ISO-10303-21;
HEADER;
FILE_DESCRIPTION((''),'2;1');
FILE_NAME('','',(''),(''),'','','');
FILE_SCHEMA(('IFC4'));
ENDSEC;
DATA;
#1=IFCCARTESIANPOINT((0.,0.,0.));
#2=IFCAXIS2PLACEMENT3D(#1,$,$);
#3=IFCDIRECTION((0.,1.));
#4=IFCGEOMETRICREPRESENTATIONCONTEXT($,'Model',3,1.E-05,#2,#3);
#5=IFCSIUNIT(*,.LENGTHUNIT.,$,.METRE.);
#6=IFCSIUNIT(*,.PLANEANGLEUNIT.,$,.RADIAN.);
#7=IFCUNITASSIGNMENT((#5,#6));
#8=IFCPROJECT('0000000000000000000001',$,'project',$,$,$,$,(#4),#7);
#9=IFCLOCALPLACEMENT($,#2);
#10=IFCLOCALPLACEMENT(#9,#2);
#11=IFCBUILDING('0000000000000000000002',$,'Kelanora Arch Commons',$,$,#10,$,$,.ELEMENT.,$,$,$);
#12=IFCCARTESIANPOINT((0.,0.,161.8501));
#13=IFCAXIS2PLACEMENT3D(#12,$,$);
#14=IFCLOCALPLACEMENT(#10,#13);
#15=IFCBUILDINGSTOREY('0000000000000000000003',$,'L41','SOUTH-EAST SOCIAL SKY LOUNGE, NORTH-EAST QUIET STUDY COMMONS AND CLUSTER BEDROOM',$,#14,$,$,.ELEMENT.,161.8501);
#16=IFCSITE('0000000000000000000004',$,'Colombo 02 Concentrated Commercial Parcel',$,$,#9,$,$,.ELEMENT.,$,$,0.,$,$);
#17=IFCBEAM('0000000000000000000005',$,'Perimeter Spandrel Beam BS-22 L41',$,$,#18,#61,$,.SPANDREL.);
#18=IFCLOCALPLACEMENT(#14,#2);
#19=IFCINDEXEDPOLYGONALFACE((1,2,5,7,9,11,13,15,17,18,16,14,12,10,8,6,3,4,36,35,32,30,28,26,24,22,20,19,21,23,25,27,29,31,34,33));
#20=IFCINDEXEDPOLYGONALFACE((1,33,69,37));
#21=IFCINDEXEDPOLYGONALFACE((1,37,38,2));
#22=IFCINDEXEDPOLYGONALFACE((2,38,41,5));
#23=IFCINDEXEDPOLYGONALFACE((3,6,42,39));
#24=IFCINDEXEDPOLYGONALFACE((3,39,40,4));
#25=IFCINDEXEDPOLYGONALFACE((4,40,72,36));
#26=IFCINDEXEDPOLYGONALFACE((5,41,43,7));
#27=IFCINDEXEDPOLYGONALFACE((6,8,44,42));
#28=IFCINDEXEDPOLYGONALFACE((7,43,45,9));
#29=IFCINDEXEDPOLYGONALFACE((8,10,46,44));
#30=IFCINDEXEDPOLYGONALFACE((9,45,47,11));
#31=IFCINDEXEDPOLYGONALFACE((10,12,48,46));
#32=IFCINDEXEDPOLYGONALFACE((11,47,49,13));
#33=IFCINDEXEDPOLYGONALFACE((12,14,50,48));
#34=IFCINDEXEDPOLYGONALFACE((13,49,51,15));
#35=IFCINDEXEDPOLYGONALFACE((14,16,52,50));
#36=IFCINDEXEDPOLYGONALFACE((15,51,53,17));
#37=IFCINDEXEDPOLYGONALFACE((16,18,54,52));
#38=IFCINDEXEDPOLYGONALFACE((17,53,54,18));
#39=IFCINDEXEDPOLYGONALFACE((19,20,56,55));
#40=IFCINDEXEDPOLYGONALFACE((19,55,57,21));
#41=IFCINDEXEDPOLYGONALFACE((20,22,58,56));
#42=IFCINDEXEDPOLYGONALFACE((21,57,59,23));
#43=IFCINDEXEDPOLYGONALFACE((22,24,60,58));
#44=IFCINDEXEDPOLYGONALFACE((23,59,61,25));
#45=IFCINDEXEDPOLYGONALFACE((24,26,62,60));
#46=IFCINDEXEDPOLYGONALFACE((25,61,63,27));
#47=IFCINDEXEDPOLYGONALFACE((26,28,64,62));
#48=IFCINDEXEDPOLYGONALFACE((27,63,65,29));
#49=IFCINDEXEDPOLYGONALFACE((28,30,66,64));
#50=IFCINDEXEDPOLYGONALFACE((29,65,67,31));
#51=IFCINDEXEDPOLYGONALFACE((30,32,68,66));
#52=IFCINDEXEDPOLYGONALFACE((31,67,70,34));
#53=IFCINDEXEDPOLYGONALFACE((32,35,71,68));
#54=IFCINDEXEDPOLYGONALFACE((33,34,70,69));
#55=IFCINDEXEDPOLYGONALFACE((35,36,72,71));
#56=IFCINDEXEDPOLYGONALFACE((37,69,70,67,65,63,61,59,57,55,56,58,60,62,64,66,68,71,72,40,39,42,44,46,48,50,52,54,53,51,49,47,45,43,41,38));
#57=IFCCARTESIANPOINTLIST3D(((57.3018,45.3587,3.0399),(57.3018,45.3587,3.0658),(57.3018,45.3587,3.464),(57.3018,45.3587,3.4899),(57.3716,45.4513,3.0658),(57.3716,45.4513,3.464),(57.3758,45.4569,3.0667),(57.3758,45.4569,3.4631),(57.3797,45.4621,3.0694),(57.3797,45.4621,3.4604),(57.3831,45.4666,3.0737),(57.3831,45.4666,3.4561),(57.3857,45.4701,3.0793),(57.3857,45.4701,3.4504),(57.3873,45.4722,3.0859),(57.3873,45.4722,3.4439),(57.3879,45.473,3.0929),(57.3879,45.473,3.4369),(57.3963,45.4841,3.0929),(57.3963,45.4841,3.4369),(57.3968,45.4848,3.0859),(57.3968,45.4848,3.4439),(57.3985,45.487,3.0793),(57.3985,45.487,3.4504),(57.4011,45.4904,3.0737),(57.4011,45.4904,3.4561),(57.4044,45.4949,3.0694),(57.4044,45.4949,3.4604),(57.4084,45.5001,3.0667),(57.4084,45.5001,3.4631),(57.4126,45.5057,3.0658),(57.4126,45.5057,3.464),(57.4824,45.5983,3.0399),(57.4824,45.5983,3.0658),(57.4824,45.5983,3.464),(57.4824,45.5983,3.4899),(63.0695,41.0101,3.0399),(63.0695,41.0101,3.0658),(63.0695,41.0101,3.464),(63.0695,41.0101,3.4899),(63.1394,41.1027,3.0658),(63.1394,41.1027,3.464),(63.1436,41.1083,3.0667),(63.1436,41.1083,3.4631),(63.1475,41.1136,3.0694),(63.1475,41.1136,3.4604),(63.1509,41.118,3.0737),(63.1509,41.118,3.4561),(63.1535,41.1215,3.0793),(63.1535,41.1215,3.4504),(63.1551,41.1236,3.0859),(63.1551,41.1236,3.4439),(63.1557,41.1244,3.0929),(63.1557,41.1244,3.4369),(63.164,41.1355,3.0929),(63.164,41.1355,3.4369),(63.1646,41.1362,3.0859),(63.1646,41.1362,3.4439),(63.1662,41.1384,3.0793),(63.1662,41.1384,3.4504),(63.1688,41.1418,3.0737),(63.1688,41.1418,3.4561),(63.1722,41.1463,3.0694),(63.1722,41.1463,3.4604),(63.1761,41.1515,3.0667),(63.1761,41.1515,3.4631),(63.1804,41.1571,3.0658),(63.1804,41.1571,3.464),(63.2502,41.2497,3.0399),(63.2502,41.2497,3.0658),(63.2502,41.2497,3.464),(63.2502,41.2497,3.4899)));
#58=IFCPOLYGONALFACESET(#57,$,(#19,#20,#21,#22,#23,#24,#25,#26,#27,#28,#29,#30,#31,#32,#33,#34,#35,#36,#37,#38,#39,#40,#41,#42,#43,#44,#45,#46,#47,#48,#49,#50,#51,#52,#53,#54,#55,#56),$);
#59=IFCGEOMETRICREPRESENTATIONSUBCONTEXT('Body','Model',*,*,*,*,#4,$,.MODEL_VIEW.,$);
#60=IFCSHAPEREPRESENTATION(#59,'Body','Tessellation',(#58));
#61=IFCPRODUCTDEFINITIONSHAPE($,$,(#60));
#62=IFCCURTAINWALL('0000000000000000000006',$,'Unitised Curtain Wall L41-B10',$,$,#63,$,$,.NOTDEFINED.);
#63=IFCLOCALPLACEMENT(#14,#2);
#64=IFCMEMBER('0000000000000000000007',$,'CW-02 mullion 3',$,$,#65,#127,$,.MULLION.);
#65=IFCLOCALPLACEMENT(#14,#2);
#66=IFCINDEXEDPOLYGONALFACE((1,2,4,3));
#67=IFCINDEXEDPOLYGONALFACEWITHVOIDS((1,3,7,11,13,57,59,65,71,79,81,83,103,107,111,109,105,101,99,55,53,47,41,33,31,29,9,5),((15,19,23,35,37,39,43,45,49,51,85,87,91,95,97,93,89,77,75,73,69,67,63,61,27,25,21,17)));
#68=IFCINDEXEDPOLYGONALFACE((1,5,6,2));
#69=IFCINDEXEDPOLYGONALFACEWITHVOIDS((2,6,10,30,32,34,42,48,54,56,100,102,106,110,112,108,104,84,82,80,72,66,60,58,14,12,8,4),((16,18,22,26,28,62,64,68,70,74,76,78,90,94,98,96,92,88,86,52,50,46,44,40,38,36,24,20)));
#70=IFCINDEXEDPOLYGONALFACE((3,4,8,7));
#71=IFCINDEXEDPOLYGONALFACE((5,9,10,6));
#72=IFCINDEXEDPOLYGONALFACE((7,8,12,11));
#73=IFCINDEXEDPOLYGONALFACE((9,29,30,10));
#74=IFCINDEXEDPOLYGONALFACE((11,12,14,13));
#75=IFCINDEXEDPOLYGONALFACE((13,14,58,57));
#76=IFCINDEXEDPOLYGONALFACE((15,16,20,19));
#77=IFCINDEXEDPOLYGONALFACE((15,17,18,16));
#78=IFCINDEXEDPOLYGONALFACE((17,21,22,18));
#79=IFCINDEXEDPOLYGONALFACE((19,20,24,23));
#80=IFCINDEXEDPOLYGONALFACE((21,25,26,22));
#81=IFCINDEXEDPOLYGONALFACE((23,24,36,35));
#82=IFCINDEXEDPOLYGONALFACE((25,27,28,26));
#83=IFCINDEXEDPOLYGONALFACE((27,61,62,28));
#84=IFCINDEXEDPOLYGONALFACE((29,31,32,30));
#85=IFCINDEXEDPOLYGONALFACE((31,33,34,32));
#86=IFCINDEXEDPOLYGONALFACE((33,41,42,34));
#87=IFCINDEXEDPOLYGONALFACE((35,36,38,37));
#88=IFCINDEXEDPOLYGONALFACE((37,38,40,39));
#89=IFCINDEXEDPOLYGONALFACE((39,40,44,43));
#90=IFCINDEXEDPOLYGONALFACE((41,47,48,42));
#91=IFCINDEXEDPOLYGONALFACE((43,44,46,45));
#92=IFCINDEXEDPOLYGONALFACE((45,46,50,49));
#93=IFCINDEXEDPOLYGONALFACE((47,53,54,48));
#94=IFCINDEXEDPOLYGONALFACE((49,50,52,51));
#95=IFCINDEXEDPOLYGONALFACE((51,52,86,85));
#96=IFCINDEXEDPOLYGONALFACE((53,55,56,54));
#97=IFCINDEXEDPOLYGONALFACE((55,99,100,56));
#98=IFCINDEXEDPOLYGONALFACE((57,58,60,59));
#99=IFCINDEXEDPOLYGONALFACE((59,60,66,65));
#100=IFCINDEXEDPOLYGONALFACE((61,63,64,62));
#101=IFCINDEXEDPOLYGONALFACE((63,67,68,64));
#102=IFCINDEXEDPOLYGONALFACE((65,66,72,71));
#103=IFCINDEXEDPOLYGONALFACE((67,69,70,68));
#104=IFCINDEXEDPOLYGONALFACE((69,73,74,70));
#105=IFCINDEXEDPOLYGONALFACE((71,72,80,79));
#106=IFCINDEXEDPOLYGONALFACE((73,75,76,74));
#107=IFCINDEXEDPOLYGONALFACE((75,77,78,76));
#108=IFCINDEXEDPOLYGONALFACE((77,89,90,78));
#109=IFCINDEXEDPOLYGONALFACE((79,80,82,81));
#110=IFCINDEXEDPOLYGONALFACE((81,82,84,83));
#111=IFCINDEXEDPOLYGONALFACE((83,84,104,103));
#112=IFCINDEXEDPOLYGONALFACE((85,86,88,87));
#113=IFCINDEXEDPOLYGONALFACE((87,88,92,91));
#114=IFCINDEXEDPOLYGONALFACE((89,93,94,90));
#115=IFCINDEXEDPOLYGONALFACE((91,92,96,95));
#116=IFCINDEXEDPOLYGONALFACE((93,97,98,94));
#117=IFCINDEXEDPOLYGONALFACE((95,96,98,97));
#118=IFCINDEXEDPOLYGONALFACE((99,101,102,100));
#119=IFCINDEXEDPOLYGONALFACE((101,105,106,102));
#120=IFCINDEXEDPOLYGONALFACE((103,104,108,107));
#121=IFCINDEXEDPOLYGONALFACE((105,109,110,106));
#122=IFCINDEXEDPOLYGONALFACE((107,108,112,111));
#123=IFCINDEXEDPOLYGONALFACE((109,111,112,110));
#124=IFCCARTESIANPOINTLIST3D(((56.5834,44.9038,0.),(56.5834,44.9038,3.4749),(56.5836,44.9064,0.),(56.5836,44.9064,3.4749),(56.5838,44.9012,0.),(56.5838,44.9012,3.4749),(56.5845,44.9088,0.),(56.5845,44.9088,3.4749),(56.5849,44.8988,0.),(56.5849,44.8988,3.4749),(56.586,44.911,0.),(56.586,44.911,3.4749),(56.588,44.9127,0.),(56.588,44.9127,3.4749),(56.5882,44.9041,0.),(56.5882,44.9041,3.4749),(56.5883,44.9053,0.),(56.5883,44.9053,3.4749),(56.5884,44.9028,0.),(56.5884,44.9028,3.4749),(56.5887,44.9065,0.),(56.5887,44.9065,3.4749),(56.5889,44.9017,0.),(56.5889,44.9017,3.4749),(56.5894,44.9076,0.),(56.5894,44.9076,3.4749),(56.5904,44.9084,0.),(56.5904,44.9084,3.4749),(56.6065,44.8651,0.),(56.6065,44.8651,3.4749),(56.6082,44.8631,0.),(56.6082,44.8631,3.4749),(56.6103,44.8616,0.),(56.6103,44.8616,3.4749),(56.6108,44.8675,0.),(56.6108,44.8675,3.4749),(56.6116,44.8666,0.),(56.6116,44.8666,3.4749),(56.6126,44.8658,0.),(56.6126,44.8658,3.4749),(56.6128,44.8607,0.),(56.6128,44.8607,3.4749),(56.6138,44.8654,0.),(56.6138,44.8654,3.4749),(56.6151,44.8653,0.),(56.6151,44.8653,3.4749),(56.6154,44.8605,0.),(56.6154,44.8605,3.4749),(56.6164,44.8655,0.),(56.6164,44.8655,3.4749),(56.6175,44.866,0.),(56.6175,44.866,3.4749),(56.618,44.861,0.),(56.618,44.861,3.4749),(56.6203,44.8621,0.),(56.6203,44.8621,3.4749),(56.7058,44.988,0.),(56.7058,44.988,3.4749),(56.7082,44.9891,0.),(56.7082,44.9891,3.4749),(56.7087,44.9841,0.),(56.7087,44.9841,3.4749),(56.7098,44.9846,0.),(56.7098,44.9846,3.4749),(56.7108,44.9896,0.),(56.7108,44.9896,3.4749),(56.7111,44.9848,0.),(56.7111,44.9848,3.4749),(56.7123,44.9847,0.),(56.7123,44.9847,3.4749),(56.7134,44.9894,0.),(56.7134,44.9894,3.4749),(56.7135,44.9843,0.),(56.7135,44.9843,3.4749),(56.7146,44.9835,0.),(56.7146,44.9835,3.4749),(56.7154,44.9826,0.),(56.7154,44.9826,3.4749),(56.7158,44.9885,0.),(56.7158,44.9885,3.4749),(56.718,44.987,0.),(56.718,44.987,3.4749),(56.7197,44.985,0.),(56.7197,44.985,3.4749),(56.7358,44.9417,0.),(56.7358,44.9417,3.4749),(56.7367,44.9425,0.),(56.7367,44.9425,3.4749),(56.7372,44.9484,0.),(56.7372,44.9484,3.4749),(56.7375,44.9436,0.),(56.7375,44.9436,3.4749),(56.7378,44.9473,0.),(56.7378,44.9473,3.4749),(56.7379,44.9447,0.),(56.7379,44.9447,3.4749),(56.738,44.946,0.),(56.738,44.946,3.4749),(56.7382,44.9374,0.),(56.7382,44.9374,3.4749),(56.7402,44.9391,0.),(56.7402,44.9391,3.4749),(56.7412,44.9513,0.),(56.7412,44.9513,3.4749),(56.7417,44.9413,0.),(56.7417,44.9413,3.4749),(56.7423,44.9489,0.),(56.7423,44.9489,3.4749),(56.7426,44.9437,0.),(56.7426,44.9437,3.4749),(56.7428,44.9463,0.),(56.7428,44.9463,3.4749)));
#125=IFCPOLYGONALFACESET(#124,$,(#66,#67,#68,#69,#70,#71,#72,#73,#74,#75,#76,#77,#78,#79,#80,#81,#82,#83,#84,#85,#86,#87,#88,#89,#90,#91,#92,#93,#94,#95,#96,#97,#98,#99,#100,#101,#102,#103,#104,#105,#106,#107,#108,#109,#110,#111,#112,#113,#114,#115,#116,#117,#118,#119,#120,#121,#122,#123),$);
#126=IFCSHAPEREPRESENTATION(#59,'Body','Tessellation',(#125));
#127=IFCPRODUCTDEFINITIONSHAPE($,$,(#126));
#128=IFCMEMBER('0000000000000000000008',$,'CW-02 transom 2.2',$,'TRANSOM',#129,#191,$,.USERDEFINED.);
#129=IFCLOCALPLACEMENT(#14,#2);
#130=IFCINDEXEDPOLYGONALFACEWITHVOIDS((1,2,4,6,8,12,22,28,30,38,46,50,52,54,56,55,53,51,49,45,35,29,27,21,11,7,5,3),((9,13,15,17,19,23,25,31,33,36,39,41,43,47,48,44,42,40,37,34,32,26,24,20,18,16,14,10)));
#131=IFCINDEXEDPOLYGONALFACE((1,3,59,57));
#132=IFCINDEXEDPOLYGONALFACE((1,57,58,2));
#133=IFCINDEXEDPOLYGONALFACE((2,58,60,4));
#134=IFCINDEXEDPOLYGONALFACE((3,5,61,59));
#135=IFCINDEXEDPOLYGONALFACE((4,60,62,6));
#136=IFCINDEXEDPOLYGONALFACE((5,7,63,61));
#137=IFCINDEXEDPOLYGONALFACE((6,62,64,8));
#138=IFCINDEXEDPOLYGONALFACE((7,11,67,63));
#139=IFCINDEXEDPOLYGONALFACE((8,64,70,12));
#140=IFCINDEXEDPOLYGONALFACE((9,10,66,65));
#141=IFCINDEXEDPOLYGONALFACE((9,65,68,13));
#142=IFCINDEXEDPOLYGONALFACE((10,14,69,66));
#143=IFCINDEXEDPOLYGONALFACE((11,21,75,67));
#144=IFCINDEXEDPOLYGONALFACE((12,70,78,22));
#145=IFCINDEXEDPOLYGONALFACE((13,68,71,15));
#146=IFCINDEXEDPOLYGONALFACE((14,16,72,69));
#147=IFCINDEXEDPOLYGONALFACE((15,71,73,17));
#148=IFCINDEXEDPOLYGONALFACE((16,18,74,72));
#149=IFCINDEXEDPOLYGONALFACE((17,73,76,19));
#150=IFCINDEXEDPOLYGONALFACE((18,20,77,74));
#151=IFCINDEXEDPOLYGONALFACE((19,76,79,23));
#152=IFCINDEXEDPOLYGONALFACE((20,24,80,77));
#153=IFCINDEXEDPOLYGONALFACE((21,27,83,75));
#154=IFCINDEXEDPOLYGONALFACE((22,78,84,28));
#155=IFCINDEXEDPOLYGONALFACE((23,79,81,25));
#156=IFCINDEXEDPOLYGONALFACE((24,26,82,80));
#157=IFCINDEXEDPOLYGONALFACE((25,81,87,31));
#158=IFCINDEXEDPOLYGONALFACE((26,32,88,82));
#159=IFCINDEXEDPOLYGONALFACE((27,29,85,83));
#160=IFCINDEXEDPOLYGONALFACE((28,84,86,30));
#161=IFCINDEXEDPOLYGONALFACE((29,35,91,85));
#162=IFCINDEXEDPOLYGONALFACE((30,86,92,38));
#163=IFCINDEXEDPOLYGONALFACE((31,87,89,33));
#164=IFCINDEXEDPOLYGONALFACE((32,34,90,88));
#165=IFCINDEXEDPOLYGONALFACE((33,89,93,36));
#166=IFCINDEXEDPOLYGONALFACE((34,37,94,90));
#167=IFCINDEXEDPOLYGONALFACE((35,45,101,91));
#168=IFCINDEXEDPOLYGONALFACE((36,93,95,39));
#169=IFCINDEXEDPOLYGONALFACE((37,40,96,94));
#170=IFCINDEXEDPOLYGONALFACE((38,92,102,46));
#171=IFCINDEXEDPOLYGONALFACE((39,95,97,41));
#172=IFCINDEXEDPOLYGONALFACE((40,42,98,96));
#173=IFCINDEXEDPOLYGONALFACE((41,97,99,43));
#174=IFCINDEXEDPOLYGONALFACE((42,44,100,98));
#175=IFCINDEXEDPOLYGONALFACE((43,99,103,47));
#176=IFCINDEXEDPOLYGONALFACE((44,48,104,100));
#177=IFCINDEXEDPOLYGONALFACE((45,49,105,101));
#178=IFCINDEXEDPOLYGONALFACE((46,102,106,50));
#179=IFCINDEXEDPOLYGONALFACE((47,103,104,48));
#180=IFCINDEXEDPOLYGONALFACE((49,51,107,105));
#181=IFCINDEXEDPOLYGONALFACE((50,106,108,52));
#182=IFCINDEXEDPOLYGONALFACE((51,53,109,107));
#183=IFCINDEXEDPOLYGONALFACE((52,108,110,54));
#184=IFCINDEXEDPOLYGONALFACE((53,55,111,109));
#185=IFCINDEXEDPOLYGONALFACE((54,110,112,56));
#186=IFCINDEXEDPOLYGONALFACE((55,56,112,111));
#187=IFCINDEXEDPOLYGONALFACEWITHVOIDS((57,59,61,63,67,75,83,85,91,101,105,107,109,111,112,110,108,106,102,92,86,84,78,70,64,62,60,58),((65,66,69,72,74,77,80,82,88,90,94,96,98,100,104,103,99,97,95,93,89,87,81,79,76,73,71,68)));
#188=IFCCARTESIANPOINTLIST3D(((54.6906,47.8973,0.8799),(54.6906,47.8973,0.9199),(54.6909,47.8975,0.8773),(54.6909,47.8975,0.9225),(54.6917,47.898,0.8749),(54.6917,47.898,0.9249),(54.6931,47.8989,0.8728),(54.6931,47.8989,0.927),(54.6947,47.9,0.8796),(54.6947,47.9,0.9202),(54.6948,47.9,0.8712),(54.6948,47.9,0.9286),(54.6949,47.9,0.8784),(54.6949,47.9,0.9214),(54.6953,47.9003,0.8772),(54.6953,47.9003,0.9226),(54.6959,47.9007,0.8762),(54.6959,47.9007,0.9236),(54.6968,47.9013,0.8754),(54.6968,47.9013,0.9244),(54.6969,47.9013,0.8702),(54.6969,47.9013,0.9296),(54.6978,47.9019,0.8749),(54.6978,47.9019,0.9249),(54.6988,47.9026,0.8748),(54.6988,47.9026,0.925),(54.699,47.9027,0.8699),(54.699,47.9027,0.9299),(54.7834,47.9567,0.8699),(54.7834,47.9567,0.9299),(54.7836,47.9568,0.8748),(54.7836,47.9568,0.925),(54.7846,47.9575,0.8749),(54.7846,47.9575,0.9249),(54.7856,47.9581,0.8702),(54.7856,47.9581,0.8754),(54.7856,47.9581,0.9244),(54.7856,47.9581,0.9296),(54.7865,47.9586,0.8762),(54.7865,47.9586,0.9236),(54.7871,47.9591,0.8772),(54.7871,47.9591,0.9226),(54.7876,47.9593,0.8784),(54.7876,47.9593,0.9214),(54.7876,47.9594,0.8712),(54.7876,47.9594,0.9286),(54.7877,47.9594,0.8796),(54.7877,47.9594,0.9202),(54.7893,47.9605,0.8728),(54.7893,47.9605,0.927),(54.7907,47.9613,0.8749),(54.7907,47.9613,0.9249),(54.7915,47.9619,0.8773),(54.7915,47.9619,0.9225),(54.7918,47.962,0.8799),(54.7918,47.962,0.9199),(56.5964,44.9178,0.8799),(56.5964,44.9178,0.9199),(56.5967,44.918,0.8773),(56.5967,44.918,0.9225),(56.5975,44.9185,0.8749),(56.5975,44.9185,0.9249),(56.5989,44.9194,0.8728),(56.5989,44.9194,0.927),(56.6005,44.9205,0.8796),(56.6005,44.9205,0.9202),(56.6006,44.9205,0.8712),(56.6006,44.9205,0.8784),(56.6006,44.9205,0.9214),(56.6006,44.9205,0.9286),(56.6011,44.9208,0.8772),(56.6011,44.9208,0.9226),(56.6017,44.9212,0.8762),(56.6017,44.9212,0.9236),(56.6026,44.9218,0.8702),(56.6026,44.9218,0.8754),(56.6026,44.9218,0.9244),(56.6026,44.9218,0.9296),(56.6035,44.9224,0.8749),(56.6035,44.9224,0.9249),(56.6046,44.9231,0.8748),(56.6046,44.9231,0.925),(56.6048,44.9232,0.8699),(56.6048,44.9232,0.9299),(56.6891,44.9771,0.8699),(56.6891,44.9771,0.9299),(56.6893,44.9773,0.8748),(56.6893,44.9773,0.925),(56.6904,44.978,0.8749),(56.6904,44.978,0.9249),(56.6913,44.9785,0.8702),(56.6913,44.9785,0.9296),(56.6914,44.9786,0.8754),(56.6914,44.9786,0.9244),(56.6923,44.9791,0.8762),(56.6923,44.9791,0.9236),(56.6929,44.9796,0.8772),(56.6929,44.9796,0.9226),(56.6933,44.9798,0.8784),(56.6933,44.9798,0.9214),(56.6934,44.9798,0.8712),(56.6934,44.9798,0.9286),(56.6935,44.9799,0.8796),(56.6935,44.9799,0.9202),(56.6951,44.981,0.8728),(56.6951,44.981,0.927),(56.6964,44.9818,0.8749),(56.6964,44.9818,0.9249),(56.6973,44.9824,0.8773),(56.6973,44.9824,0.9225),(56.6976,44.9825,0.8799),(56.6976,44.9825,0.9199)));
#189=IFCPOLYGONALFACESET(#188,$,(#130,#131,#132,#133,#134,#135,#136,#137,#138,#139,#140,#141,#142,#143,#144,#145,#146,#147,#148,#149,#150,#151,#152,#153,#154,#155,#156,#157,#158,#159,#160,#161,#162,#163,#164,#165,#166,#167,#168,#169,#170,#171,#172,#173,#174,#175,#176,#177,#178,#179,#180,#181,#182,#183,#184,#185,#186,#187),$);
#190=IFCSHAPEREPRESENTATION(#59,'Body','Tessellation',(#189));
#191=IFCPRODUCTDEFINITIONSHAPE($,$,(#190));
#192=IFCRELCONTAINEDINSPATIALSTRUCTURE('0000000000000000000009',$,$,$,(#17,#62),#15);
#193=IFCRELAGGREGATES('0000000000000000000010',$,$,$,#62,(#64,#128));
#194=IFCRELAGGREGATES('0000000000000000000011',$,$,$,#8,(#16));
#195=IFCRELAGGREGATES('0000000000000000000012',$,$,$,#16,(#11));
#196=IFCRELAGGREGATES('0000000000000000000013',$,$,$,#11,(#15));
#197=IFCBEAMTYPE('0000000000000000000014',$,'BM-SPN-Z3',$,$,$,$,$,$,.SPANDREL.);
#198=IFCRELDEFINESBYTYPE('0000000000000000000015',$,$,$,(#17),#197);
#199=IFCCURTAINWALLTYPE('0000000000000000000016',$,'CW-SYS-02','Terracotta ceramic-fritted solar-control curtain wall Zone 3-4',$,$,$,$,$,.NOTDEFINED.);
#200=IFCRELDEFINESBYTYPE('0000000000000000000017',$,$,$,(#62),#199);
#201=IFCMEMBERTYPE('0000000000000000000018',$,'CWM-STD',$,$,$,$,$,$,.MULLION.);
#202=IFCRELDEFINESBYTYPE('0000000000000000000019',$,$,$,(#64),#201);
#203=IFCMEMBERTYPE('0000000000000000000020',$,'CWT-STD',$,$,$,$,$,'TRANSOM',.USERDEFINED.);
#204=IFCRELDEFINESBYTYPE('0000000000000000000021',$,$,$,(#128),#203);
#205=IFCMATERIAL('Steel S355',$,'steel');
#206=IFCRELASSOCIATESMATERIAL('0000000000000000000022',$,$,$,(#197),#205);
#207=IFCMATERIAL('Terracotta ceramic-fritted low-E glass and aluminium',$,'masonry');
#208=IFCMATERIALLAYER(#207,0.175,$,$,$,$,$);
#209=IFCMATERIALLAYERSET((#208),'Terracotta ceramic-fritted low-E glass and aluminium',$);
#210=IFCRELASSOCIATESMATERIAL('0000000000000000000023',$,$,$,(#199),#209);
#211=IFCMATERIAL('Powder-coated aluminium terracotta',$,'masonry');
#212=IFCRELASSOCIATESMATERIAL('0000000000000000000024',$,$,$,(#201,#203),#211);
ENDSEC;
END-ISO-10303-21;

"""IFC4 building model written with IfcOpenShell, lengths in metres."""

from ifc_helpers import new_model, si_unit, direction, frame, origin, origin_2d, place, context, subcontext, project, spatial, hollow_rectangle, i_section, extrude, material, layer, layer_set, material_profile, profile_set, type_object, element, aggregate, save


model = new_model("IFC4")

# Units and contexts
model_context = context("Model", 3, precision=1e-05, world=origin(), true_north=direction((0.0, 1.0)))
body_context = subcontext(model_context, "Body", "Model", "MODEL_VIEW")
ifc_project = project(units=[si_unit("LENGTHUNIT", "METRE"), si_unit("PLANEANGLEUNIT", "RADIAN")], contexts=[model_context])

# Site, building, storey
site_placement = place(None, origin())
site = spatial("IfcSite", under=ifc_project, at=site_placement, Name="Colombo 02 Concentrated Commercial Parcel", CompositionType="ELEMENT", RefElevation=0.0)
building_placement = place(site_placement, origin())
building = spatial("IfcBuilding", under=site, at=building_placement, Name="Kelanora Arch Commons", CompositionType="ELEMENT")
storey_placement = place(building_placement, frame((0.0, 0.0, 161.8501)))
storey = spatial("IfcBuildingStorey", under=building, at=storey_placement, Name="L41", Description="SOUTH-EAST SOCIAL SKY LOUNGE, NORTH-EAST QUIET STUDY COMMONS AND CLUSTER BEDROOM", CompositionType="ELEMENT", Elevation=161.8501)

# Beam
ifc_material_1 = material(Name="Steel S355", Category="steel")
ifc_material_profile_1 = material_profile(ifc_material_1, i_section(OverallWidth=0.3, OverallDepth=0.45, WebThickness=0.0139, FlangeThickness=0.0259, FilletRadius=0.0271, at=origin_2d()), Name="HEB450")
ifc_profile_set_1 = profile_set([ifc_material_profile_1], Name="Steel S355")
beam_type_1 = type_object("IfcBeamType", Name="BM-SPN-Z3", PredefinedType="SPANDREL", material=ifc_profile_set_1)
beam_1_placement = place(storey_placement, frame((57.3921, 45.4785, 3.2649), z_axis=(0.798485, -0.602015, 0.0), x_axis=(0.602015, 0.798485, 0.0)))
element("IfcBeam", 1, at=beam_1_placement, inside=storey, type_object=beam_type_1, Name="Perimeter Spandrel Beam BS-22 L41", PredefinedType="SPANDREL", context=body_context, shape_type="SweptSolid", body=[
    extrude(i_section(OverallWidth=0.3, OverallDepth=0.45, WebThickness=0.0139, FlangeThickness=0.0259, FilletRadius=0.0271, at=origin_2d()), origin(), (0.0, 0.0, 1.0), 7.2234),
])

# Curtain wall, members
ifc_material_2 = material(Name="Terracotta ceramic-fritted low-E glass and aluminium", Category="masonry")
ifc_layer_1 = layer(ifc_material_2, 0.175)
ifc_layer_set_1 = layer_set([ifc_layer_1], Name="Terracotta ceramic-fritted low-E glass and aluminium")
curtain_wall_type = type_object("IfcCurtainWallType", Name="CW-SYS-02", Description="Terracotta ceramic-fritted solar-control curtain wall Zone 3-4", PredefinedType="NOTDEFINED", material=ifc_layer_set_1)
curtain_wall_placement = place(storey_placement, origin())
curtain_wall = element("IfcCurtainWall", 2, at=curtain_wall_placement, inside=storey, type_object=curtain_wall_type, Name="Unitised Curtain Wall L41-B10", PredefinedType="NOTDEFINED")
ifc_material_3 = material(Name="Powder-coated aluminium terracotta", Category="masonry")
ifc_material_profile_2 = material_profile(ifc_material_3, hollow_rectangle(XDim=0.1599, YDim=0.0601, WallThickness=0.0049, InnerFilletRadius=0.0049, OuterFilletRadius=0.01, at=origin_2d()), Name="CWM160x60")
ifc_profile_set_2 = profile_set([ifc_material_profile_2], Name="Powder-coated aluminium terracotta")
member_type_1 = type_object("IfcMemberType", Name="CWM-STD", PredefinedType="MULLION", material=ifc_profile_set_2)
member_1_placement = place(storey_placement, frame((56.6631, 44.925, 0.0), z_axis=(0.0, 0.0, 1.0), x_axis=(0.842423, 0.538817, 0.0)))
member_1 = element("IfcMember", 3, at=member_1_placement, type_object=member_type_1, Name="CW-02 mullion 3", PredefinedType="MULLION", context=body_context, shape_type="SweptSolid", body=[
    extrude(hollow_rectangle(XDim=0.1599, YDim=0.0601, WallThickness=0.0049, InnerFilletRadius=0.0049, OuterFilletRadius=0.01, at=origin_2d()), origin(), (0.0, 0.0, 1.0), 3.4749),
])
ifc_material_profile_3 = material_profile(ifc_material_3, hollow_rectangle(XDim=0.1201, YDim=0.0601, WallThickness=0.0049, InnerFilletRadius=0.0049, OuterFilletRadius=0.01, at=origin_2d()), Name="CWT120x60")
ifc_profile_set_3 = profile_set([ifc_material_profile_3], Name="Powder-coated aluminium terracotta")
member_type_2 = type_object("IfcMemberType", Name="CWT-STD", ElementType="TRANSOM", PredefinedType="USERDEFINED", material=ifc_profile_set_3)
member_2_placement = place(storey_placement, frame((54.7412, 47.9297, 0.8999), z_axis=(0.53883, -0.842414, 0.0), x_axis=(0.842414, 0.53883, 0.0)))
member_2 = element("IfcMember", 4, at=member_2_placement, type_object=member_type_2, Name="CW-02 transom 2.2", ObjectType="TRANSOM", PredefinedType="USERDEFINED", context=body_context, shape_type="SweptSolid", body=[
    extrude(hollow_rectangle(XDim=0.1201, YDim=0.0601, WallThickness=0.0049, InnerFilletRadius=0.0049, OuterFilletRadius=0.01, at=origin_2d()), origin(), (0.0, 0.0, 1.0), 3.5369),
])
aggregate(curtain_wall, [member_1, member_2])

save(model, "model.ifc")
